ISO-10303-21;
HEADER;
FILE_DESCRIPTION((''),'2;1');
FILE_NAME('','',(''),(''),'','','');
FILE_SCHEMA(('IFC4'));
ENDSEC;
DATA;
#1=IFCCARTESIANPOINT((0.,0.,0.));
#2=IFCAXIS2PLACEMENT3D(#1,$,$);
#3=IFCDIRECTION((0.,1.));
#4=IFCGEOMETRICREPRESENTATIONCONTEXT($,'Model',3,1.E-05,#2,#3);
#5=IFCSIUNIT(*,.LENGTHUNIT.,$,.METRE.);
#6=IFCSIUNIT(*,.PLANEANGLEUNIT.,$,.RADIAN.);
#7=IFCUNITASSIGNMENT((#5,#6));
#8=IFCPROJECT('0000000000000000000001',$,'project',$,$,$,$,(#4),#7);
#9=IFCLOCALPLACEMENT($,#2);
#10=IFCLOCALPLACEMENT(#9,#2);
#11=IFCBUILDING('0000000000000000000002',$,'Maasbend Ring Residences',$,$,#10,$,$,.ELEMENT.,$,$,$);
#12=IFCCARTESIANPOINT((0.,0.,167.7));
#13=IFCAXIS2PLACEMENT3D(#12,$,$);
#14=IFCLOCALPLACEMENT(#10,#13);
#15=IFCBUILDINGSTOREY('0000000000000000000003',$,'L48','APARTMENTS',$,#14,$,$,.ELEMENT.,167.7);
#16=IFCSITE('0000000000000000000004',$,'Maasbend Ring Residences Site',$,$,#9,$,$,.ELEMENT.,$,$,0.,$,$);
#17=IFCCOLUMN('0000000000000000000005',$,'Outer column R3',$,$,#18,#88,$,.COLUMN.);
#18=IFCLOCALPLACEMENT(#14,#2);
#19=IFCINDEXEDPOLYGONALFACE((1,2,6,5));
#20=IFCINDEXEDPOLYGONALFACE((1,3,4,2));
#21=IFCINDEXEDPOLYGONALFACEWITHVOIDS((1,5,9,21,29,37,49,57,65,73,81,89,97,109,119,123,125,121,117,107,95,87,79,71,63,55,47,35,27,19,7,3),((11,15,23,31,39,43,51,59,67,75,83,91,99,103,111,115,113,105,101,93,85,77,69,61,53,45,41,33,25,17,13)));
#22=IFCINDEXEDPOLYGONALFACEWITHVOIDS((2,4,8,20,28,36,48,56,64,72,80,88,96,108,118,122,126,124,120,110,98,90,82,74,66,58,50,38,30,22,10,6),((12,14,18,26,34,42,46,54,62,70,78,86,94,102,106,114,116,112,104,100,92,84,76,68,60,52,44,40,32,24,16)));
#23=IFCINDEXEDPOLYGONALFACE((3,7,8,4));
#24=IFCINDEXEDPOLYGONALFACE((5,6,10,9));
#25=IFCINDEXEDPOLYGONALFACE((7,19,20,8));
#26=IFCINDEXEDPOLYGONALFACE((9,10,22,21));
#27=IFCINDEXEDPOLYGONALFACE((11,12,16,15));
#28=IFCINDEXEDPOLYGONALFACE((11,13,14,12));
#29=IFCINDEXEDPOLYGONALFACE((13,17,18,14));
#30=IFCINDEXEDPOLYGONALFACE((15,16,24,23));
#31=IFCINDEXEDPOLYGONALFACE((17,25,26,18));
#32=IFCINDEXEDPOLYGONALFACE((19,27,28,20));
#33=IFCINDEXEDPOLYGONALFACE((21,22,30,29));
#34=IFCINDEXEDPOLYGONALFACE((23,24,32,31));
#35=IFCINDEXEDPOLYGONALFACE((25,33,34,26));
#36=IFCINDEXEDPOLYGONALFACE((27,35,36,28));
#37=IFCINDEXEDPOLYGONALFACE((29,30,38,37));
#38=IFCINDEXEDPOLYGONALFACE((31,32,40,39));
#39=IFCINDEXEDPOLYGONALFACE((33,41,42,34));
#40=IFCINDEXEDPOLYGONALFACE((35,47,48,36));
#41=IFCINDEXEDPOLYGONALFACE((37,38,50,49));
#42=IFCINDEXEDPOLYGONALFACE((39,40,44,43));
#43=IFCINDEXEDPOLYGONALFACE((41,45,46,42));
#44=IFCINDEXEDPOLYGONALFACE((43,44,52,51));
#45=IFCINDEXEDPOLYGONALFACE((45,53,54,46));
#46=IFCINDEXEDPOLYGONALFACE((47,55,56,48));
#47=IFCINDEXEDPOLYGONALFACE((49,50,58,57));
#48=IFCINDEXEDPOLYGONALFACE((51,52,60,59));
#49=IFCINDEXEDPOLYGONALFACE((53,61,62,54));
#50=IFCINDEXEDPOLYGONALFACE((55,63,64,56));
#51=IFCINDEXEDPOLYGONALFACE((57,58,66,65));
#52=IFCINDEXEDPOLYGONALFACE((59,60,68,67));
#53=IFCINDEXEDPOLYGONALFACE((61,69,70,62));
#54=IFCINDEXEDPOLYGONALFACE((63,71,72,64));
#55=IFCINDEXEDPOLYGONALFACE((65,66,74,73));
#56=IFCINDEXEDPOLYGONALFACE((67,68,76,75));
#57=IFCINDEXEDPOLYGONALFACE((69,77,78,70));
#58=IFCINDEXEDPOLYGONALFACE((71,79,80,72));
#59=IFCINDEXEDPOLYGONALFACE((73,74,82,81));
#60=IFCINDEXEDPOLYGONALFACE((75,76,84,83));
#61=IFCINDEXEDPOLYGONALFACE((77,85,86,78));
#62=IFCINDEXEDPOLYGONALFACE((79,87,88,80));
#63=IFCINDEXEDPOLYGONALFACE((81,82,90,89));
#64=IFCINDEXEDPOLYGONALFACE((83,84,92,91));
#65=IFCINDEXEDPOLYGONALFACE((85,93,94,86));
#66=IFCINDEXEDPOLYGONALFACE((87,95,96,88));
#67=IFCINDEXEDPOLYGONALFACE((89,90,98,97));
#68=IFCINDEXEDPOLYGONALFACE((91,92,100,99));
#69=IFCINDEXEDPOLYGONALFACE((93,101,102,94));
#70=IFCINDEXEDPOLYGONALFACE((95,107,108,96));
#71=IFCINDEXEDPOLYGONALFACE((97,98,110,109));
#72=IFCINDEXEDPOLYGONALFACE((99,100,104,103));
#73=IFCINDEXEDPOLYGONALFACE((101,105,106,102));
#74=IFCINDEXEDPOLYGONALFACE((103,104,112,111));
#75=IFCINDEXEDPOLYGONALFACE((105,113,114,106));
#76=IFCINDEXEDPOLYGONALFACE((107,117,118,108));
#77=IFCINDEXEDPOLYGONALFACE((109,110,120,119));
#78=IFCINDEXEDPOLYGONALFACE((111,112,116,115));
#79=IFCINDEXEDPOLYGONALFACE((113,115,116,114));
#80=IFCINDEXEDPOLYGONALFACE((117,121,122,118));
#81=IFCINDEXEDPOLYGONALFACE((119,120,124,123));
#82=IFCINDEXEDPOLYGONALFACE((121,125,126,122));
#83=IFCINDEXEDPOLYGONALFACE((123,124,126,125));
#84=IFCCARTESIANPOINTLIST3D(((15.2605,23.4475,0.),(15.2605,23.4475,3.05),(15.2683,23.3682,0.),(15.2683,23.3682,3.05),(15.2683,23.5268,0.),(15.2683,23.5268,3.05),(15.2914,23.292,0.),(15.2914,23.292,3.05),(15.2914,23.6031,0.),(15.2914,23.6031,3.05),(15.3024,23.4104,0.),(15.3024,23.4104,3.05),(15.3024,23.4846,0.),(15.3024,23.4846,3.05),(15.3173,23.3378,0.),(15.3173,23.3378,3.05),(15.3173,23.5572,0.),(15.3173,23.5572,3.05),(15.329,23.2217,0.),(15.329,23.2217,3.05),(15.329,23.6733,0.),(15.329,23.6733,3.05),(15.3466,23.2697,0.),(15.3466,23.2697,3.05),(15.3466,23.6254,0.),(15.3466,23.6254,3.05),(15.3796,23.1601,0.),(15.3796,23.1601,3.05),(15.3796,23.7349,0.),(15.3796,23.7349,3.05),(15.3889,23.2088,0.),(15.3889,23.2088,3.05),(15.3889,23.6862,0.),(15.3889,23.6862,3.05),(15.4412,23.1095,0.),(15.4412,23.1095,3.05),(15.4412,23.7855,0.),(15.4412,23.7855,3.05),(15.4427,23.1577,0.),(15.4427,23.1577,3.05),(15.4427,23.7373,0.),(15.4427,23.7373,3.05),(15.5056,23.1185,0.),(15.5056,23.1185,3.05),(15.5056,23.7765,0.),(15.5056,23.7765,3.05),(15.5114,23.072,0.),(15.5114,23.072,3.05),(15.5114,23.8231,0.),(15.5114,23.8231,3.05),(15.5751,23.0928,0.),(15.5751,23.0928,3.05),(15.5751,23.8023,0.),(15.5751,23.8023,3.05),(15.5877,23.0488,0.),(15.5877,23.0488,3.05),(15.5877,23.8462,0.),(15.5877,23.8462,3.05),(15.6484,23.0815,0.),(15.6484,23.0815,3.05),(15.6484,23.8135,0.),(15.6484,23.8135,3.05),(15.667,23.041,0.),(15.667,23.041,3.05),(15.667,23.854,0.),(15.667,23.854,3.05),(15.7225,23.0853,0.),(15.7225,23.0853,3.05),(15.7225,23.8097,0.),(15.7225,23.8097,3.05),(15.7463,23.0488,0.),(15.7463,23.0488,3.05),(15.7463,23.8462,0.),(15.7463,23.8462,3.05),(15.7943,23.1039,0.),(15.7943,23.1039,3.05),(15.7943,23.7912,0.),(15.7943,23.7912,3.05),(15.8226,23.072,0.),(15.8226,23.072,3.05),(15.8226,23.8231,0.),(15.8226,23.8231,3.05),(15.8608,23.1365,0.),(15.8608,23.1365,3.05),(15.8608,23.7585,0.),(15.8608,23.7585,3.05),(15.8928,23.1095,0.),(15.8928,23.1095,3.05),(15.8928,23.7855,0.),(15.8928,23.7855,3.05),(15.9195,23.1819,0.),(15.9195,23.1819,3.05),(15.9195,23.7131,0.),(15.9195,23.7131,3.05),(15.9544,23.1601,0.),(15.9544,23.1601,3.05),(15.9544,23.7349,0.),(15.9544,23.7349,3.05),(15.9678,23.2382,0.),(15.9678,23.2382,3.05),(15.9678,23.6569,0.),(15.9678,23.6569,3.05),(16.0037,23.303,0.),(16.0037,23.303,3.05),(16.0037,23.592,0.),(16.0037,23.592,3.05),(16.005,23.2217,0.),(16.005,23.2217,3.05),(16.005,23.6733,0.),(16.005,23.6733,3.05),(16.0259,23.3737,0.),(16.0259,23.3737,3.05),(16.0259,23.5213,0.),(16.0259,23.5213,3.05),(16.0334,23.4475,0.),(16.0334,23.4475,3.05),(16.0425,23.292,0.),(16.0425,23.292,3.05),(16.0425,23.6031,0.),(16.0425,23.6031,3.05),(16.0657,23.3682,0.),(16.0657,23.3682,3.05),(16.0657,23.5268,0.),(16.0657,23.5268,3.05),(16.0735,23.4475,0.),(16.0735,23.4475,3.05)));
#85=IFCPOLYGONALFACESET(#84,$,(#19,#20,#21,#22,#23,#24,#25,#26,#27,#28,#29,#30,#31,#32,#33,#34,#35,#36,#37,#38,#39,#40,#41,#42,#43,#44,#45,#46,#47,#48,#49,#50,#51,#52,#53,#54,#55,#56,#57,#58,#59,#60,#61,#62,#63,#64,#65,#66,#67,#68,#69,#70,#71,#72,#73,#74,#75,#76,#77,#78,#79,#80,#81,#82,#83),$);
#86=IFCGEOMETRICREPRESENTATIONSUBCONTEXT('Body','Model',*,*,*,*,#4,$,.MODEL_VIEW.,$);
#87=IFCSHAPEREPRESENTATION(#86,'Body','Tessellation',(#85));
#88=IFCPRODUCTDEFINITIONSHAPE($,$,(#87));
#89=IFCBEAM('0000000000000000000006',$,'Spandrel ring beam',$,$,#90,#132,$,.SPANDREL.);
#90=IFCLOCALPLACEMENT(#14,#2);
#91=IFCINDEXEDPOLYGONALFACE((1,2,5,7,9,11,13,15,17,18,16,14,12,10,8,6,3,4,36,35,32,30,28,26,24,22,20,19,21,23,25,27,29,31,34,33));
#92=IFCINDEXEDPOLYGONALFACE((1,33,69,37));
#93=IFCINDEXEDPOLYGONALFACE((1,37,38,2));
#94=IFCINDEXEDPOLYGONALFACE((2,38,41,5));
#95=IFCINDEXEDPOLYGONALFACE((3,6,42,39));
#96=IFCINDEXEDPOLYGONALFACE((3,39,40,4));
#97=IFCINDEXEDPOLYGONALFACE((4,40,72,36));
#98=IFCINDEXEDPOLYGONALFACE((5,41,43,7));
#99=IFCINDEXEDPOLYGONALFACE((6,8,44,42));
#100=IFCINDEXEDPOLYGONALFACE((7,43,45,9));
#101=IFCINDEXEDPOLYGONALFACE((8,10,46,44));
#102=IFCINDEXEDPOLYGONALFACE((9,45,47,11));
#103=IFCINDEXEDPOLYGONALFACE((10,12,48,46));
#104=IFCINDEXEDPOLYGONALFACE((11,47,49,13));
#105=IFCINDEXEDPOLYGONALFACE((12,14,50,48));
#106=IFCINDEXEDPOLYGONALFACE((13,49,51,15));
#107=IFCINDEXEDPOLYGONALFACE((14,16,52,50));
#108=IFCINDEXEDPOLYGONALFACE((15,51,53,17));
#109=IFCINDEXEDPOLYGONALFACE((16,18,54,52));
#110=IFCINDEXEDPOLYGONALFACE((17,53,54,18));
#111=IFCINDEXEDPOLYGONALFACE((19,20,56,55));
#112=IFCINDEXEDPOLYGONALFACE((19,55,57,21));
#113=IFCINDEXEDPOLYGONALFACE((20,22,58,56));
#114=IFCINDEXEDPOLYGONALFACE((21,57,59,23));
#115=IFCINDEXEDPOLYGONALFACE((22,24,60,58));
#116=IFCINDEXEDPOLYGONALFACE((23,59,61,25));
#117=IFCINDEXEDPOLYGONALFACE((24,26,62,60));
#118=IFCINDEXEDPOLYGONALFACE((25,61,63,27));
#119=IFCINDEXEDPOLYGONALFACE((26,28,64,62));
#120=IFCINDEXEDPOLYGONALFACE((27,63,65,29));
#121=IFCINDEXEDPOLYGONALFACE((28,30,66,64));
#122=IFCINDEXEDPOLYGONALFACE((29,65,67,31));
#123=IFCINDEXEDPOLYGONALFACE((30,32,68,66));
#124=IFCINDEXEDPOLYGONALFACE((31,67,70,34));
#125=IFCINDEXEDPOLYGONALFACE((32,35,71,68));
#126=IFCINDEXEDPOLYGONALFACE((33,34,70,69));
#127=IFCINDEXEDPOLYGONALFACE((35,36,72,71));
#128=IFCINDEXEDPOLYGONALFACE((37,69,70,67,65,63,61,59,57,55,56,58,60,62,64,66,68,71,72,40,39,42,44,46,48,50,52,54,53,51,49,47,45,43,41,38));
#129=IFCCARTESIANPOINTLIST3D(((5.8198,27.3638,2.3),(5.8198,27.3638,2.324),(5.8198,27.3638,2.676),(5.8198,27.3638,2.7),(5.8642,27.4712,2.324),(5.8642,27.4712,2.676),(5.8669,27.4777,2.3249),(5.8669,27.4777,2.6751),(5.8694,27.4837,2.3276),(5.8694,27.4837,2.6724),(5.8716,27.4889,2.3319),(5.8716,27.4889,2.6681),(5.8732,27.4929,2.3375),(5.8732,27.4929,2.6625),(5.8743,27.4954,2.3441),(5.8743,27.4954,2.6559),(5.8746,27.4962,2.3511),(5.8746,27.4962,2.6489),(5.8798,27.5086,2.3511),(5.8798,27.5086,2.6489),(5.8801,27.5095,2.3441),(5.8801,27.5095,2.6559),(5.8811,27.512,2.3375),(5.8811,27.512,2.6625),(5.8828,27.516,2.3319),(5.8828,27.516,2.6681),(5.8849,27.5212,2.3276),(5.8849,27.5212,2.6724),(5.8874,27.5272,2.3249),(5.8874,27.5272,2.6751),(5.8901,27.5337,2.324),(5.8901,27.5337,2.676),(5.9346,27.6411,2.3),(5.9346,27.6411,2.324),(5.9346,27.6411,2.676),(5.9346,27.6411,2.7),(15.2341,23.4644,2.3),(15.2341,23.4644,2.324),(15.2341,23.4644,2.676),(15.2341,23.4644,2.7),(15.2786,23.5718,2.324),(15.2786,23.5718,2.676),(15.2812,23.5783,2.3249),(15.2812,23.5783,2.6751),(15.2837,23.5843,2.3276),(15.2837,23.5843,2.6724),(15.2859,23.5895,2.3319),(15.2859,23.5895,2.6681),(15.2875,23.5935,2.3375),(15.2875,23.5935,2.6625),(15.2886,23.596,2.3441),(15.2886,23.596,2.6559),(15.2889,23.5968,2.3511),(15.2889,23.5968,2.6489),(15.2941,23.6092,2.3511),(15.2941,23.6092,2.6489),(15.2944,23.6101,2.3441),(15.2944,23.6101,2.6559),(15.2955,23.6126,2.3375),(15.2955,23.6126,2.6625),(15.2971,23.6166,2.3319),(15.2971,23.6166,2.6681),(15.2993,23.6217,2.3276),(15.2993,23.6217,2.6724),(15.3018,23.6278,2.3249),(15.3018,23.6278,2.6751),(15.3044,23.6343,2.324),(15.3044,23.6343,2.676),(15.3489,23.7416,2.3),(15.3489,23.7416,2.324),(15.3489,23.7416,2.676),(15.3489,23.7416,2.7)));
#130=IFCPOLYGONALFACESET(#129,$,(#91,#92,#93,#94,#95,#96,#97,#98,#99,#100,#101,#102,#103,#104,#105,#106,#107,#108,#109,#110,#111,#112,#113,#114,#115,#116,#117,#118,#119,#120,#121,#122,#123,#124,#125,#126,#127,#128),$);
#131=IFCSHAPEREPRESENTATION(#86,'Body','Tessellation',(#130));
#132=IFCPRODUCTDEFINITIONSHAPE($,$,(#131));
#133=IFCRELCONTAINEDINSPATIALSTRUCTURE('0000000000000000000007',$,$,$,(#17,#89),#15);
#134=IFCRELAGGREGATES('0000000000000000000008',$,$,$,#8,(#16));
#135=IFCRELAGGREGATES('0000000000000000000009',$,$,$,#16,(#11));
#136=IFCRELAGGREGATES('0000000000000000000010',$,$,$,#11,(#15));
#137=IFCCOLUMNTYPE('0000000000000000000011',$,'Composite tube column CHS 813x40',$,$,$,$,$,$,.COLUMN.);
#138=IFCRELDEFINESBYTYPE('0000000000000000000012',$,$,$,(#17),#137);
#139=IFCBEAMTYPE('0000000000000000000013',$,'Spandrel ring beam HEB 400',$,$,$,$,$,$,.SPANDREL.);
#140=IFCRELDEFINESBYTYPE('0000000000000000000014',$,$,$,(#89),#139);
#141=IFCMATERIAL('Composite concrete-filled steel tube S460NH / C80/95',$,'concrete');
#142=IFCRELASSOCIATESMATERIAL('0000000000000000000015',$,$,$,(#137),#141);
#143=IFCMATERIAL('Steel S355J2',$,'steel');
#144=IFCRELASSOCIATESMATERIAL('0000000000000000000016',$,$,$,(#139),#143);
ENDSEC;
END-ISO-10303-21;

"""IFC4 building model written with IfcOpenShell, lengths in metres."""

from ifc_helpers import new_model, si_unit, direction, frame, origin, origin_2d, place, context, subcontext, project, spatial, hollow_circle, i_section, extrude, material, material_profile, profile_set, type_object, element, save


model = new_model("IFC4")

# Units and contexts
model_context = context("Model", 3, precision=1e-05, world=origin(), true_north=direction((0.0, 1.0)))
body_context = subcontext(model_context, "Body", "Model", "MODEL_VIEW")
ifc_project = project(units=[si_unit("LENGTHUNIT", "METRE"), si_unit("PLANEANGLEUNIT", "RADIAN")], contexts=[model_context])

# Site, building, storey
site_placement = place(None, origin())
site = spatial("IfcSite", under=ifc_project, at=site_placement, Name="Maasbend Ring Residences Site", CompositionType="ELEMENT", RefElevation=0.0)
building_placement = place(site_placement, origin())
building = spatial("IfcBuilding", under=site, at=building_placement, Name="Maasbend Ring Residences", CompositionType="ELEMENT")
storey_placement = place(building_placement, frame((0.0, 0.0, 167.7)))
storey = spatial("IfcBuildingStorey", under=building, at=storey_placement, Name="L48", Description="APARTMENTS", CompositionType="ELEMENT", Elevation=167.7)

# Column
ifc_material_1 = material(Name="Composite concrete-filled steel tube S460NH / C80/95", Category="concrete")
ifc_material_profile_1 = material_profile(ifc_material_1, hollow_circle(Radius=0.4065, WallThickness=0.04, at=origin_2d()), Name="Composite tube column CHS 813x40")
ifc_profile_set_1 = profile_set([ifc_material_profile_1], Name="Composite concrete-filled steel tube S460NH / C80/95")
column_type = type_object("IfcColumnType", Name="Composite tube column CHS 813x40", PredefinedType="COLUMN", material=ifc_profile_set_1)
column_placement = place(storey_placement, frame((15.667, 23.4475, 0.0), z_axis=(0.0, 0.0, 1.0), x_axis=(1.0, 0.0, 0.0)))
element("IfcColumn", 1, at=column_placement, inside=storey, type_object=column_type, Name="Outer column R3", PredefinedType="COLUMN", context=body_context, shape_type="SweptSolid", body=[
    extrude(hollow_circle(Radius=0.4065, WallThickness=0.04, at=origin_2d()), origin(), (0.0, 0.0, 1.0), 3.05),
])

# Beam
ifc_material_2 = material(Name="Steel S355J2", Category="steel")
ifc_material_profile_2 = material_profile(ifc_material_2, i_section(OverallWidth=0.3, OverallDepth=0.3999, WebThickness=0.0134, FlangeThickness=0.0239, FilletRadius=0.0271, at=origin_2d()), Name="HEB 400")
ifc_profile_set_2 = profile_set([ifc_material_profile_2], Name="Steel S355J2")
beam_type = type_object("IfcBeamType", Name="Spandrel ring beam HEB 400", PredefinedType="SPANDREL", material=ifc_profile_set_2)
beam_placement = place(storey_placement, frame((15.2915, 23.603, 2.5), z_axis=(-0.923884, 0.382673, 0.0), x_axis=(-0.382673, -0.923884, 0.0)))
element("IfcBeam", 2, at=beam_placement, inside=storey, type_object=beam_type, Name="Spandrel ring beam", PredefinedType="SPANDREL", context=body_context, shape_type="SweptSolid", body=[
    extrude(i_section(OverallWidth=0.3, OverallDepth=0.3999, WebThickness=0.0134, FlangeThickness=0.0239, FilletRadius=0.0271, at=origin_2d()), origin(), (0.0, 0.0, 1.0), 10.1899),
])

save(model, "model.ifc")
